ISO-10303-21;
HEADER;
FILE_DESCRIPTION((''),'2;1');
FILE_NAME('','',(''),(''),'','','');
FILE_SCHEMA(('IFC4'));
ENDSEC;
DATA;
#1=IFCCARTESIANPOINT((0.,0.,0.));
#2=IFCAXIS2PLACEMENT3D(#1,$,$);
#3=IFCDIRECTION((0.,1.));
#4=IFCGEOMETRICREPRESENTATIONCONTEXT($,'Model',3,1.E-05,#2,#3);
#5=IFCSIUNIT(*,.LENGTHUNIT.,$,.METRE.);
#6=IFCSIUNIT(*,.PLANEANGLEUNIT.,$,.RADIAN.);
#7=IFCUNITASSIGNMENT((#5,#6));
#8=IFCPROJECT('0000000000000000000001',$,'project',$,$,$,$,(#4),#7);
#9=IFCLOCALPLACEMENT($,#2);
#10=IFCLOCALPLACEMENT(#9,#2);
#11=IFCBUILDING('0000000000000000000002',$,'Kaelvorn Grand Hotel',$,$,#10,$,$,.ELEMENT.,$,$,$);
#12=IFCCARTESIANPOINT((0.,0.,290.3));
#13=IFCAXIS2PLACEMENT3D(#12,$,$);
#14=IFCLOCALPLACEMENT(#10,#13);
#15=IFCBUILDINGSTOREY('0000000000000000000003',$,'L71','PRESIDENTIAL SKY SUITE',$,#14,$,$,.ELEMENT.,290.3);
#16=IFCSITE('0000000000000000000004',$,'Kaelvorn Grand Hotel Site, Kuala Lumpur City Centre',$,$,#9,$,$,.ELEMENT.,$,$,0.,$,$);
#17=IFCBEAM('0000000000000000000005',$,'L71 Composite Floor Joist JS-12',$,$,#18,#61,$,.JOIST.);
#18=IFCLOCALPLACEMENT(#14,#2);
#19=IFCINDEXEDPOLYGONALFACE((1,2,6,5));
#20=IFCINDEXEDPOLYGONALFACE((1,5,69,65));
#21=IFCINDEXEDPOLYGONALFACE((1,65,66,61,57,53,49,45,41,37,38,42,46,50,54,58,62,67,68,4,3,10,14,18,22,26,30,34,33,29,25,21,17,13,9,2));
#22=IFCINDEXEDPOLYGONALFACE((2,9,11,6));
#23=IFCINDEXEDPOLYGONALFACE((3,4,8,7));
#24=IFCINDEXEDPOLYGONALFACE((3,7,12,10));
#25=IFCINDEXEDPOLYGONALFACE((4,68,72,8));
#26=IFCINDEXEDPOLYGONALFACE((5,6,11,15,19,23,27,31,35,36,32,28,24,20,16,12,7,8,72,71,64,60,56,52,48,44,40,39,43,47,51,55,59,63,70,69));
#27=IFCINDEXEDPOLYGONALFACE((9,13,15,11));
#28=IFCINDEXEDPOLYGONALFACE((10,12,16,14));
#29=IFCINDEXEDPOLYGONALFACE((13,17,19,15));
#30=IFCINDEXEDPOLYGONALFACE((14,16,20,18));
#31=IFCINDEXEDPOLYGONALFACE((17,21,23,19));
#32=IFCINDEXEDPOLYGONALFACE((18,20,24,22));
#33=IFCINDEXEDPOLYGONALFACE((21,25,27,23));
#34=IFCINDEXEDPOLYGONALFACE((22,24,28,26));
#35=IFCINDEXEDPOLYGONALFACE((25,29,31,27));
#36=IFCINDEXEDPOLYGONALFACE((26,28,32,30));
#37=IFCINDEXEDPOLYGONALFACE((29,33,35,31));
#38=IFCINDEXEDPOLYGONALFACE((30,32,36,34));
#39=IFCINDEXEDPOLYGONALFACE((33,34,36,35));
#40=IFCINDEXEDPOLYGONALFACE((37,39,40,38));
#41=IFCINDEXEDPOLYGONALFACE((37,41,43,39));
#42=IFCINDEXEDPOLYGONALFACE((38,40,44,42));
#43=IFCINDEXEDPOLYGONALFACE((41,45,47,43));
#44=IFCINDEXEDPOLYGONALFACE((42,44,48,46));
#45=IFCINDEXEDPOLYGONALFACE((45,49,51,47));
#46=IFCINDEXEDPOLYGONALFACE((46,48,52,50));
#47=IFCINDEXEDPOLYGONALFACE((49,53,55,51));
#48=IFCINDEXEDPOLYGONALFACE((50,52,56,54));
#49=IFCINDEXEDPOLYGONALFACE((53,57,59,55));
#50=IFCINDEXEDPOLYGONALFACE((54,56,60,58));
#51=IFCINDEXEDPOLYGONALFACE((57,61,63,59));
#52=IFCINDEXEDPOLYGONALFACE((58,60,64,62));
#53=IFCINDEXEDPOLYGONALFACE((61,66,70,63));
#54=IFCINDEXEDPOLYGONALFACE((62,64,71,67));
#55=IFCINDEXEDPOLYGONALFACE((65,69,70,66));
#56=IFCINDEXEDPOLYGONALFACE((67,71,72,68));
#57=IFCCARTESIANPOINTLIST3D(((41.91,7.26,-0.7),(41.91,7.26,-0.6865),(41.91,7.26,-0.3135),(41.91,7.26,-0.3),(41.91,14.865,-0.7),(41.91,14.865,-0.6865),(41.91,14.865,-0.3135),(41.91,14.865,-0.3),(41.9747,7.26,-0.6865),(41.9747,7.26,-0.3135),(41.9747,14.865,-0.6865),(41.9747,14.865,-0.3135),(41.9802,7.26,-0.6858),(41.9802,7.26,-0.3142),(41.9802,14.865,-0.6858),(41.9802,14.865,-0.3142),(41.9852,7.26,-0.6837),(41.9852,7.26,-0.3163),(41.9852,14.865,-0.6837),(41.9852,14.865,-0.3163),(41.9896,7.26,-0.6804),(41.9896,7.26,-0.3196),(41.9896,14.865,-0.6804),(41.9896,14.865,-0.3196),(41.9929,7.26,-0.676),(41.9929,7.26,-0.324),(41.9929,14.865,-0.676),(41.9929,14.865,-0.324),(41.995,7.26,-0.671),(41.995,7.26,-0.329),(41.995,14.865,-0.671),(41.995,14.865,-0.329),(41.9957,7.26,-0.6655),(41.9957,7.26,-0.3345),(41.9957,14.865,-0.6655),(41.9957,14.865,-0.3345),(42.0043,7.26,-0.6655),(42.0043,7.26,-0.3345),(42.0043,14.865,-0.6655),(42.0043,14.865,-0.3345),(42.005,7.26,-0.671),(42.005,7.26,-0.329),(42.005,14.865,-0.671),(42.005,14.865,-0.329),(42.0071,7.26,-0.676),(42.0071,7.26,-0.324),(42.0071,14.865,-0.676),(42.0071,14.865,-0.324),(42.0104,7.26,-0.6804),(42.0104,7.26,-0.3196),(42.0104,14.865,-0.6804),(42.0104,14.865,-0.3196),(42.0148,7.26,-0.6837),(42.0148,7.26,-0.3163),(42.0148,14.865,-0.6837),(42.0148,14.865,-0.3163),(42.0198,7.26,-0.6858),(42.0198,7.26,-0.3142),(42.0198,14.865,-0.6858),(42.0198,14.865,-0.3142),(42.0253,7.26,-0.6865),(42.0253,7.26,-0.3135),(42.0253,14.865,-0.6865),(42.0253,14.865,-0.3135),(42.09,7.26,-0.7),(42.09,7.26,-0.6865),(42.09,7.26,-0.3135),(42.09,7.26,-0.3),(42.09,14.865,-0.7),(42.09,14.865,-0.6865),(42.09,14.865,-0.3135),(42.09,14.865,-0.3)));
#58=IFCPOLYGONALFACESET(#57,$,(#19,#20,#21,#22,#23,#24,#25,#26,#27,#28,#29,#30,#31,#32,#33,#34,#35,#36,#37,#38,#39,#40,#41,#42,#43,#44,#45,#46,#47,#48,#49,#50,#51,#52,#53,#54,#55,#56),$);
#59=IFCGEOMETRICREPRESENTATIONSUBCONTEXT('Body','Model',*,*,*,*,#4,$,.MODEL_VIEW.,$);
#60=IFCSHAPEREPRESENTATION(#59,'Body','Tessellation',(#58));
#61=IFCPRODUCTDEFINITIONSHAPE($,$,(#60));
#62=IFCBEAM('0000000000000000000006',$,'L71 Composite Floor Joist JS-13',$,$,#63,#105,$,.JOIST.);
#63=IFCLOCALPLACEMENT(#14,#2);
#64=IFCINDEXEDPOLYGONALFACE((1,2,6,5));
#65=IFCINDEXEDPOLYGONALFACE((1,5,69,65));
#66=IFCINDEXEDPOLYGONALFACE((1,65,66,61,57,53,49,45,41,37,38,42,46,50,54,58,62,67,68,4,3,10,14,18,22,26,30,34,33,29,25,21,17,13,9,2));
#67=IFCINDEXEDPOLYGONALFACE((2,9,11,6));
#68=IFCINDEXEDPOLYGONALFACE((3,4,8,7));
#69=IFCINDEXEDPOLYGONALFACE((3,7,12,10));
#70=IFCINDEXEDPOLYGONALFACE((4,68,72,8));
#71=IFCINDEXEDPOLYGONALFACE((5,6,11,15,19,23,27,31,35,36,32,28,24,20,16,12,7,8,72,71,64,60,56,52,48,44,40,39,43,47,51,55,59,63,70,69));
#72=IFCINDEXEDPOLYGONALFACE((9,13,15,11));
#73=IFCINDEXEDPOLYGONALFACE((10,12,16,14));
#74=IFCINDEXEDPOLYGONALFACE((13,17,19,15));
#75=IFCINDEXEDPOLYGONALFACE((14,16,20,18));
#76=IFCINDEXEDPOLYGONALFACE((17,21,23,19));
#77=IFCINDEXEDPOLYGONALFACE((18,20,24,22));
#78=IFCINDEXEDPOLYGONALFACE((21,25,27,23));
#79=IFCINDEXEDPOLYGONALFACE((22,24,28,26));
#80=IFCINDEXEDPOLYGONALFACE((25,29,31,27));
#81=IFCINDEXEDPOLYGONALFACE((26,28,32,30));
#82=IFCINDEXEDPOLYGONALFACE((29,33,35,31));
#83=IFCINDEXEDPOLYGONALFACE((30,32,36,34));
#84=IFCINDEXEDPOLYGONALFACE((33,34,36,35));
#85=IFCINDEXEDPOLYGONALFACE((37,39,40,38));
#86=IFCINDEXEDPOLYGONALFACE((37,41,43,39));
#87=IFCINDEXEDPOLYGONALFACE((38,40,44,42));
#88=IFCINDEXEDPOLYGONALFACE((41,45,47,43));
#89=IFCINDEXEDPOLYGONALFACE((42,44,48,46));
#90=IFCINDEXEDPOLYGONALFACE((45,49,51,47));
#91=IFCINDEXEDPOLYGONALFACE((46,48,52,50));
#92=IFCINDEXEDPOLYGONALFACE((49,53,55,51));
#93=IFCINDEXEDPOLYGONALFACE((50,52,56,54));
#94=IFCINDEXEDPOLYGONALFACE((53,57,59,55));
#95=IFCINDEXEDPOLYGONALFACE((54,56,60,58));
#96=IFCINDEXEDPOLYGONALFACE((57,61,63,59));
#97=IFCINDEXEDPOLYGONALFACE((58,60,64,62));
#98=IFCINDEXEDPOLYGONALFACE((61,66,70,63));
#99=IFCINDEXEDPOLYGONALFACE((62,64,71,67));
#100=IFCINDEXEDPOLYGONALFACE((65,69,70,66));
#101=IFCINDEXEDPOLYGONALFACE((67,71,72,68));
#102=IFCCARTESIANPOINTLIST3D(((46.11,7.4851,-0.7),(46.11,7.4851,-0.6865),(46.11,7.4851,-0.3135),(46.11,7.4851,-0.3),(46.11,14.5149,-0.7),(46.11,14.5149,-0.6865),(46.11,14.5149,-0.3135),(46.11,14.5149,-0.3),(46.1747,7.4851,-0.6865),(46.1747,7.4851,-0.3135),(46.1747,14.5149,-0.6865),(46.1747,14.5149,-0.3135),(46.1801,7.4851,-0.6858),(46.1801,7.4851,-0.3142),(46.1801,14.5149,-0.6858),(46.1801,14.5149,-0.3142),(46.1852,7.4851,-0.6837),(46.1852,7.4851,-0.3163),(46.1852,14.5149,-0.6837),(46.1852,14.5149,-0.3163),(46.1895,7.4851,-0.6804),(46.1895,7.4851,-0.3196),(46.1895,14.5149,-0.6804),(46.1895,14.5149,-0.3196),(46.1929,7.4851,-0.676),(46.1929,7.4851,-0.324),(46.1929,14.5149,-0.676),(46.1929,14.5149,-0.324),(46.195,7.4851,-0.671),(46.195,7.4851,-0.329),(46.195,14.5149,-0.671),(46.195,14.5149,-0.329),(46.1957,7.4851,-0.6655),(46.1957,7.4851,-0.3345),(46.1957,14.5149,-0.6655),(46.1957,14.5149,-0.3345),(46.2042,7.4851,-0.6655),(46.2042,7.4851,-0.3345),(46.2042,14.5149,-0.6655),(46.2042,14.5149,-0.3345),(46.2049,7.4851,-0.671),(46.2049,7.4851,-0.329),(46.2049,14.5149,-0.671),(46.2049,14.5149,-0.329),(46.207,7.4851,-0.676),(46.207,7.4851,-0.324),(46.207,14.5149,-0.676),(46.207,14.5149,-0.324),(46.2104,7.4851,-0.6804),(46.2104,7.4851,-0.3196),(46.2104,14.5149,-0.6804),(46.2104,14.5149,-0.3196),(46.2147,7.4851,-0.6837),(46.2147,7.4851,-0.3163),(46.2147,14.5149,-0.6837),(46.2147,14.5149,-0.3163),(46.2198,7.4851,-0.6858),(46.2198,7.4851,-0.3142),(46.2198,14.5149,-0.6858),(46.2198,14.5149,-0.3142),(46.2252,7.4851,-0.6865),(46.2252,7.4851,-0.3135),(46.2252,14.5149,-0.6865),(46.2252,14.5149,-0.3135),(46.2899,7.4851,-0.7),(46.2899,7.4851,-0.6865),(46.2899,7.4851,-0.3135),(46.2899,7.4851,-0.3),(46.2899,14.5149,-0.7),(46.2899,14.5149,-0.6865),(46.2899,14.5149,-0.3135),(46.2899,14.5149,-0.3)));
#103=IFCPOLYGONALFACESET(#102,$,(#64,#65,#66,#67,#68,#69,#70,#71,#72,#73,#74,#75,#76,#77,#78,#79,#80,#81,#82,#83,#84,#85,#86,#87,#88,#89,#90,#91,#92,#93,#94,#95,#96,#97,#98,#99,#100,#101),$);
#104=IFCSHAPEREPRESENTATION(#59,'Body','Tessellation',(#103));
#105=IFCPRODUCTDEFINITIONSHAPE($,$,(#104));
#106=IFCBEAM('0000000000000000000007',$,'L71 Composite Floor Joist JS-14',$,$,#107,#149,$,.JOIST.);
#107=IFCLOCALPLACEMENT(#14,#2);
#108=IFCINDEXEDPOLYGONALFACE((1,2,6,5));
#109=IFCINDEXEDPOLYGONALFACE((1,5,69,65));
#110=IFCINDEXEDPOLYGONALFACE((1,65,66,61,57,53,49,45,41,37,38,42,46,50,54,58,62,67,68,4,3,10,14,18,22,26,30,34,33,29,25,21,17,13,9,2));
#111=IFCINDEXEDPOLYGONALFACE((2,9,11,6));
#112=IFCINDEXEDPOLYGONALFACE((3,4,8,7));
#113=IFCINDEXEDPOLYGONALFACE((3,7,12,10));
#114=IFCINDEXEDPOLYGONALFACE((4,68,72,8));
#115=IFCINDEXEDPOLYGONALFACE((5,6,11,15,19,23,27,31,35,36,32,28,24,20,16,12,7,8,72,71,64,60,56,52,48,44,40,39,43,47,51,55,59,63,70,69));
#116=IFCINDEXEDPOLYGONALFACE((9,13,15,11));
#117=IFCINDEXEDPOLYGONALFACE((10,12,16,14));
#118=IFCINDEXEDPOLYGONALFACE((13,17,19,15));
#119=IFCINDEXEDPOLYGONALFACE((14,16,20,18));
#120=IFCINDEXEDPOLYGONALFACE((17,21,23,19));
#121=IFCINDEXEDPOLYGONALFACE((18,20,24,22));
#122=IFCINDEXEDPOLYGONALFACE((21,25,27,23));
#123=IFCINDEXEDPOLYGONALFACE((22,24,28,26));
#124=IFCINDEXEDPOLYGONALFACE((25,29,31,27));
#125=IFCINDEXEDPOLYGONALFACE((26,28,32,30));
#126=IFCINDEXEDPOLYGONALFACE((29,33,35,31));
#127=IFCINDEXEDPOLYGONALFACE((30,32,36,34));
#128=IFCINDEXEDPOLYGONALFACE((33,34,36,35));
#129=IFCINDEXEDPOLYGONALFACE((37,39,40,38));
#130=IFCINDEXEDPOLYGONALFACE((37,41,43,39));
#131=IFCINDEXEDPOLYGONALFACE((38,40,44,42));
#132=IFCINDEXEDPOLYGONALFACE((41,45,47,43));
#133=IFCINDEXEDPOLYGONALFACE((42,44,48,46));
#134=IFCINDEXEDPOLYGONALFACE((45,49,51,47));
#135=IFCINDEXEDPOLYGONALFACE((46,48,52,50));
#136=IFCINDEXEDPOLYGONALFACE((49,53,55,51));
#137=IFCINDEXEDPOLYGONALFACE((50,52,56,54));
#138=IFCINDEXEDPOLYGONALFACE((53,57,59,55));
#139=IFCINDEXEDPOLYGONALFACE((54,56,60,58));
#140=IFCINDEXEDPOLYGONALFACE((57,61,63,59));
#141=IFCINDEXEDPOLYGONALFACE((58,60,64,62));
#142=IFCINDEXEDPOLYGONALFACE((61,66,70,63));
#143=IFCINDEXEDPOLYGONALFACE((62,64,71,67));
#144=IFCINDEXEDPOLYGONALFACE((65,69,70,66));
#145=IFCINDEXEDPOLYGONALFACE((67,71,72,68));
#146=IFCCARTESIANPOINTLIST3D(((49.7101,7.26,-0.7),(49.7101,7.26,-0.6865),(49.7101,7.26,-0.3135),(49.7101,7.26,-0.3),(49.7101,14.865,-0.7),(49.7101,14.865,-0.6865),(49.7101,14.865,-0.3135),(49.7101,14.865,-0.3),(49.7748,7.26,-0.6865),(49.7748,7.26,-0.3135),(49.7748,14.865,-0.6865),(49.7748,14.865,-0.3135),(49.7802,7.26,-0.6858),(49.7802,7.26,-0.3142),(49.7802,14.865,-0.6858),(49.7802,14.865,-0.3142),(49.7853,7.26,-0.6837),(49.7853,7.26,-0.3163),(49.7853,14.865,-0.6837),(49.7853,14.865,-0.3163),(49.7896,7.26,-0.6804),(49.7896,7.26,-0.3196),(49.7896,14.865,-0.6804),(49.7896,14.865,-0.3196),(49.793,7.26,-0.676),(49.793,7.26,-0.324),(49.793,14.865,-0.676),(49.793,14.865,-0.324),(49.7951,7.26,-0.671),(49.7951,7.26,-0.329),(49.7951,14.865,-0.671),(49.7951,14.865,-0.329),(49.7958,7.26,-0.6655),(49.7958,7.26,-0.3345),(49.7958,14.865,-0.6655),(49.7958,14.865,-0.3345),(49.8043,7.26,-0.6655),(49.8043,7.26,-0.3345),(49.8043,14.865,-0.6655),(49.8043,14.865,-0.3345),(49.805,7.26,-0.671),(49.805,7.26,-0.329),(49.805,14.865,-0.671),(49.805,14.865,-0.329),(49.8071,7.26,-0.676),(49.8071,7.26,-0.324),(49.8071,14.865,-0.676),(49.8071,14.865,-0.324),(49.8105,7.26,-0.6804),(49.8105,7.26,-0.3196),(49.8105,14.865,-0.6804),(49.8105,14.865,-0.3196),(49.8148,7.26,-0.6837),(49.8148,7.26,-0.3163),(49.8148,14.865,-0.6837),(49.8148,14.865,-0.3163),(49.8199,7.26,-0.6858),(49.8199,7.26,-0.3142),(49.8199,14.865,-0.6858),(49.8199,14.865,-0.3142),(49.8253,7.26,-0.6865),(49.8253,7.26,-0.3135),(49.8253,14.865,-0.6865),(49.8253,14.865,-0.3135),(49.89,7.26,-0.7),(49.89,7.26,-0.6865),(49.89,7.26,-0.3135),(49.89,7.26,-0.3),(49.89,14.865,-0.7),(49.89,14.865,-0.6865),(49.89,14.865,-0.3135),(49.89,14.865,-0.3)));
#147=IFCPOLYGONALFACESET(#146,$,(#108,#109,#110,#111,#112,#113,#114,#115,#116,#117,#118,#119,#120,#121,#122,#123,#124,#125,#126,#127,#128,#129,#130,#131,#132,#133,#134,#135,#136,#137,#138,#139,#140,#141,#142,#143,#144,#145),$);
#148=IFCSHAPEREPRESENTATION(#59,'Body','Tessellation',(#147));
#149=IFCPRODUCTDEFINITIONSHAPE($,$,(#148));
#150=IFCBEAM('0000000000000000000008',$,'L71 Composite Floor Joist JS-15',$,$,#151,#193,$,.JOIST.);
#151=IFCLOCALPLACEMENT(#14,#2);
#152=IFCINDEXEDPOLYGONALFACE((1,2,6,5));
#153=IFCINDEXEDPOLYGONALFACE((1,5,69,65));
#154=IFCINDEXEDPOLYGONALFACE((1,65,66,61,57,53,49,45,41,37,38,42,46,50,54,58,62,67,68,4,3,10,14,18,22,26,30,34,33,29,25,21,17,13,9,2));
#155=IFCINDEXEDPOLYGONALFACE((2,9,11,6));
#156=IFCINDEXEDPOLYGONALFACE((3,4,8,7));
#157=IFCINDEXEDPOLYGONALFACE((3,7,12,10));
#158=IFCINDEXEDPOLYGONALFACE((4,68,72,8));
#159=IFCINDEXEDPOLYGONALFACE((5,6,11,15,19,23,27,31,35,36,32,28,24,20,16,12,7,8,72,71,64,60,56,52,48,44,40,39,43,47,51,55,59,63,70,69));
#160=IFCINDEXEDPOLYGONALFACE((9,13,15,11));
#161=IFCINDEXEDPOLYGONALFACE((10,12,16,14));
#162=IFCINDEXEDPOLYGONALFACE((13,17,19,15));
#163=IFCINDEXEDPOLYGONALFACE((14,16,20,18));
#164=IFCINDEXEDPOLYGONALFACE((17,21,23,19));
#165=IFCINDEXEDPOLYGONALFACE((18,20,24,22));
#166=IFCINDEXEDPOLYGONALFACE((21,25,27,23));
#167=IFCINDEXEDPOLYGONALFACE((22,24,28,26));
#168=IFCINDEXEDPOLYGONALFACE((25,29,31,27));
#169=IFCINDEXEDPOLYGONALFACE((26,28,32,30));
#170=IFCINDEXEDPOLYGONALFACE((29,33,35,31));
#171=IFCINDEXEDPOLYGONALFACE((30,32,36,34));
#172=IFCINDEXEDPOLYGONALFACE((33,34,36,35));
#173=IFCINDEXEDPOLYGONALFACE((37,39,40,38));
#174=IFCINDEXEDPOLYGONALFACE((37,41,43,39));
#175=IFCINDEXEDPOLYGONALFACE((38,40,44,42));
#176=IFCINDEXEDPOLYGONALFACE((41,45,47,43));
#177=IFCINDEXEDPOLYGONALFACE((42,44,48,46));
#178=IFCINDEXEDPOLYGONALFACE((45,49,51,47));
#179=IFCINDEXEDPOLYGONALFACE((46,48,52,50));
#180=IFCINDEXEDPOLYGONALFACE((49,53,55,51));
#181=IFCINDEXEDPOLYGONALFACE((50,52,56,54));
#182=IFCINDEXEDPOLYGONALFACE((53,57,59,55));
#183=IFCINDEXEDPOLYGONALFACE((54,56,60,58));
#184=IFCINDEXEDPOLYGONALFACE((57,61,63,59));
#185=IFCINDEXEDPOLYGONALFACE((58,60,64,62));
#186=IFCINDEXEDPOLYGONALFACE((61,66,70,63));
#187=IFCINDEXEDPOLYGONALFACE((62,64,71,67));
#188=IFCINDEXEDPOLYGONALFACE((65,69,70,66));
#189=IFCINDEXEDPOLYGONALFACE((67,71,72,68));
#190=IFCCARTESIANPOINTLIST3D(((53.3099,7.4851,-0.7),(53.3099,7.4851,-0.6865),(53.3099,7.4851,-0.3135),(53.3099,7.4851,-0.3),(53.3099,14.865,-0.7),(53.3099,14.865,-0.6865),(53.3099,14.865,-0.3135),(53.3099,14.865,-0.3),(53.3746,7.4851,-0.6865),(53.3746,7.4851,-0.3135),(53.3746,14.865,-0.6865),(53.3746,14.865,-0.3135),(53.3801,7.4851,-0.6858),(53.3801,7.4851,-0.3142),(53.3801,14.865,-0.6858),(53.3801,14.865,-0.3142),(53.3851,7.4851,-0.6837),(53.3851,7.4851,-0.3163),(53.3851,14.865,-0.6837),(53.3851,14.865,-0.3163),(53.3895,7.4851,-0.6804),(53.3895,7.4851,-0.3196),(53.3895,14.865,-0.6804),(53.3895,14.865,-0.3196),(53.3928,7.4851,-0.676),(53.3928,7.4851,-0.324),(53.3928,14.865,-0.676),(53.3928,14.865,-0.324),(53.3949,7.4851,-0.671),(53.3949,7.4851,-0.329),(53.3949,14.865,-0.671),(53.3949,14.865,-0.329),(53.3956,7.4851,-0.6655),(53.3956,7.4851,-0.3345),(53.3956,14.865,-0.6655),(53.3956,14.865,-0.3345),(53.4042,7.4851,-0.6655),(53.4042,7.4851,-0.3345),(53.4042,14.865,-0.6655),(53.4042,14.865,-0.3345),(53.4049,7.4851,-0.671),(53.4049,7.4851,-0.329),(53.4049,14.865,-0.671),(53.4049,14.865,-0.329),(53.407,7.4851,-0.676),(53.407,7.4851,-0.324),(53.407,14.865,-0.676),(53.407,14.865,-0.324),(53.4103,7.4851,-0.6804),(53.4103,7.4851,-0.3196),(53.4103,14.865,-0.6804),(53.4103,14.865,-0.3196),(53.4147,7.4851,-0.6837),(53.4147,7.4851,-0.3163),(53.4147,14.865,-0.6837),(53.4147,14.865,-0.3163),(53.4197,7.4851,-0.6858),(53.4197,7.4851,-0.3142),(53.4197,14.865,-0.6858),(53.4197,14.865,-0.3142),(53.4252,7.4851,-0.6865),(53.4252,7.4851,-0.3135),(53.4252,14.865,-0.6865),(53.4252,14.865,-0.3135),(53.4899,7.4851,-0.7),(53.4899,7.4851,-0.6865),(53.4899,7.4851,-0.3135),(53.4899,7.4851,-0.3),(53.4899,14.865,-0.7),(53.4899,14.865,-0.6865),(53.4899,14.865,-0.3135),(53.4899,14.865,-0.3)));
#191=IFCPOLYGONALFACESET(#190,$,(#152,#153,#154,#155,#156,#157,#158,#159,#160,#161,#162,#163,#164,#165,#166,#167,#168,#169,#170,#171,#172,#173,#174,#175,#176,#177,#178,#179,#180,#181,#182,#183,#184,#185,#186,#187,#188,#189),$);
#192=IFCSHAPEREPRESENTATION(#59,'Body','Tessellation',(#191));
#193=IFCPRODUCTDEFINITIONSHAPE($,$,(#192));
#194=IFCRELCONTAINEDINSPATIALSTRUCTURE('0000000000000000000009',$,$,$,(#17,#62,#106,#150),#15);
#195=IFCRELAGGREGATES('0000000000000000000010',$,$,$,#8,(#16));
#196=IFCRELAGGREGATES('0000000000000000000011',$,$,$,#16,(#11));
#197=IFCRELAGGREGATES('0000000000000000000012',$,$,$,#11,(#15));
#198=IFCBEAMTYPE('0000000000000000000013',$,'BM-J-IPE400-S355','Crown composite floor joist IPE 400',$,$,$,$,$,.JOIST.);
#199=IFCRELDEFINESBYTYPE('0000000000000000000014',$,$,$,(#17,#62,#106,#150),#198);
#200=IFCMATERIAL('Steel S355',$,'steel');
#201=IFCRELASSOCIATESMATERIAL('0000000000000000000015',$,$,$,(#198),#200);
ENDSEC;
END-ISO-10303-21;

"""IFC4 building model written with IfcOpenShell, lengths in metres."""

from ifc_helpers import new_model, si_unit, direction, frame, origin, origin_2d, place, context, subcontext, project, spatial, i_section, extrude, material, material_profile, profile_set, type_object, element, save


model = new_model("IFC4")

# Units and contexts
model_context = context("Model", 3, precision=1e-05, world=origin(), true_north=direction((0.0, 1.0)))
body_context = subcontext(model_context, "Body", "Model", "MODEL_VIEW")
ifc_project = project(units=[si_unit("LENGTHUNIT", "METRE"), si_unit("PLANEANGLEUNIT", "RADIAN")], contexts=[model_context])

# Site, building, storey
site_placement = place(None, origin())
site = spatial("IfcSite", under=ifc_project, at=site_placement, Name="Kaelvorn Grand Hotel Site, Kuala Lumpur City Centre", CompositionType="ELEMENT", RefElevation=0.0)
building_placement = place(site_placement, origin())
building = spatial("IfcBuilding", under=site, at=building_placement, Name="Kaelvorn Grand Hotel", CompositionType="ELEMENT")
storey_placement = place(building_placement, frame((0.0, 0.0, 290.3)))
storey = spatial("IfcBuildingStorey", under=building, at=storey_placement, Name="L71", Description="PRESIDENTIAL SKY SUITE", CompositionType="ELEMENT", Elevation=290.3)

# Beams
ifc_material_1 = material(Name="Steel S355", Category="steel")
ifc_material_profile_1 = material_profile(ifc_material_1, i_section(OverallWidth=0.1799, OverallDepth=0.3999, WebThickness=0.0085, FlangeThickness=0.0134, FilletRadius=0.021, at=origin_2d()), Name="IPE 400")
ifc_profile_set_1 = profile_set([ifc_material_profile_1], Name="Steel S355")
beam_type_1 = type_object("IfcBeamType", Name="BM-J-IPE400-S355", Description="Crown composite floor joist IPE 400", PredefinedType="JOIST", material=ifc_profile_set_1)
beam_1_placement = place(storey_placement, frame((42.0, 7.26, -0.5), z_axis=(0.0, 1.0, 0.0), x_axis=(-1.0, 0.0, 0.0)))
element("IfcBeam", 1, at=beam_1_placement, inside=storey, type_object=beam_type_1, Name="L71 Composite Floor Joist JS-12", PredefinedType="JOIST", context=body_context, shape_type="SweptSolid", body=[
    extrude(i_section(OverallWidth=0.1799, OverallDepth=0.3999, WebThickness=0.0085, FlangeThickness=0.0134, FilletRadius=0.021, at=origin_2d()), origin(), (0.0, 0.0, 1.0), 7.605),
])
beam_2_placement = place(storey_placement, frame((46.2, 7.4851, -0.5), z_axis=(0.0, 1.0, 0.0), x_axis=(-1.0, 0.0, 0.0)))
element("IfcBeam", 2, at=beam_2_placement, inside=storey, type_object=beam_type_1, Name="L71 Composite Floor Joist JS-13", PredefinedType="JOIST", context=body_context, shape_type="SweptSolid", body=[
    extrude(i_section(OverallWidth=0.1799, OverallDepth=0.3999, WebThickness=0.0085, FlangeThickness=0.0134, FilletRadius=0.021, at=origin_2d()), origin(), (0.0, 0.0, 1.0), 7.0298),
])
beam_3_placement = place(storey_placement, frame((49.8, 7.26, -0.5), z_axis=(0.0, 1.0, 0.0), x_axis=(-1.0, 0.0, 0.0)))
element("IfcBeam", 3, at=beam_3_placement, inside=storey, type_object=beam_type_1, Name="L71 Composite Floor Joist JS-14", PredefinedType="JOIST", context=body_context, shape_type="SweptSolid", body=[
    extrude(i_section(OverallWidth=0.1799, OverallDepth=0.3999, WebThickness=0.0085, FlangeThickness=0.0134, FilletRadius=0.021, at=origin_2d()), origin(), (0.0, 0.0, 1.0), 7.605),
])
beam_4_placement = place(storey_placement, frame((53.3999, 7.4851, -0.5), z_axis=(0.0, 1.0, 0.0), x_axis=(-1.0, 0.0, 0.0)))
element("IfcBeam", 4, at=beam_4_placement, inside=storey, type_object=beam_type_1, Name="L71 Composite Floor Joist JS-15", PredefinedType="JOIST", context=body_context, shape_type="SweptSolid", body=[
    extrude(i_section(OverallWidth=0.1799, OverallDepth=0.3999, WebThickness=0.0085, FlangeThickness=0.0134, FilletRadius=0.021, at=origin_2d()), origin(), (0.0, 0.0, 1.0), 7.3799),
])

save(model, "model.ifc")
